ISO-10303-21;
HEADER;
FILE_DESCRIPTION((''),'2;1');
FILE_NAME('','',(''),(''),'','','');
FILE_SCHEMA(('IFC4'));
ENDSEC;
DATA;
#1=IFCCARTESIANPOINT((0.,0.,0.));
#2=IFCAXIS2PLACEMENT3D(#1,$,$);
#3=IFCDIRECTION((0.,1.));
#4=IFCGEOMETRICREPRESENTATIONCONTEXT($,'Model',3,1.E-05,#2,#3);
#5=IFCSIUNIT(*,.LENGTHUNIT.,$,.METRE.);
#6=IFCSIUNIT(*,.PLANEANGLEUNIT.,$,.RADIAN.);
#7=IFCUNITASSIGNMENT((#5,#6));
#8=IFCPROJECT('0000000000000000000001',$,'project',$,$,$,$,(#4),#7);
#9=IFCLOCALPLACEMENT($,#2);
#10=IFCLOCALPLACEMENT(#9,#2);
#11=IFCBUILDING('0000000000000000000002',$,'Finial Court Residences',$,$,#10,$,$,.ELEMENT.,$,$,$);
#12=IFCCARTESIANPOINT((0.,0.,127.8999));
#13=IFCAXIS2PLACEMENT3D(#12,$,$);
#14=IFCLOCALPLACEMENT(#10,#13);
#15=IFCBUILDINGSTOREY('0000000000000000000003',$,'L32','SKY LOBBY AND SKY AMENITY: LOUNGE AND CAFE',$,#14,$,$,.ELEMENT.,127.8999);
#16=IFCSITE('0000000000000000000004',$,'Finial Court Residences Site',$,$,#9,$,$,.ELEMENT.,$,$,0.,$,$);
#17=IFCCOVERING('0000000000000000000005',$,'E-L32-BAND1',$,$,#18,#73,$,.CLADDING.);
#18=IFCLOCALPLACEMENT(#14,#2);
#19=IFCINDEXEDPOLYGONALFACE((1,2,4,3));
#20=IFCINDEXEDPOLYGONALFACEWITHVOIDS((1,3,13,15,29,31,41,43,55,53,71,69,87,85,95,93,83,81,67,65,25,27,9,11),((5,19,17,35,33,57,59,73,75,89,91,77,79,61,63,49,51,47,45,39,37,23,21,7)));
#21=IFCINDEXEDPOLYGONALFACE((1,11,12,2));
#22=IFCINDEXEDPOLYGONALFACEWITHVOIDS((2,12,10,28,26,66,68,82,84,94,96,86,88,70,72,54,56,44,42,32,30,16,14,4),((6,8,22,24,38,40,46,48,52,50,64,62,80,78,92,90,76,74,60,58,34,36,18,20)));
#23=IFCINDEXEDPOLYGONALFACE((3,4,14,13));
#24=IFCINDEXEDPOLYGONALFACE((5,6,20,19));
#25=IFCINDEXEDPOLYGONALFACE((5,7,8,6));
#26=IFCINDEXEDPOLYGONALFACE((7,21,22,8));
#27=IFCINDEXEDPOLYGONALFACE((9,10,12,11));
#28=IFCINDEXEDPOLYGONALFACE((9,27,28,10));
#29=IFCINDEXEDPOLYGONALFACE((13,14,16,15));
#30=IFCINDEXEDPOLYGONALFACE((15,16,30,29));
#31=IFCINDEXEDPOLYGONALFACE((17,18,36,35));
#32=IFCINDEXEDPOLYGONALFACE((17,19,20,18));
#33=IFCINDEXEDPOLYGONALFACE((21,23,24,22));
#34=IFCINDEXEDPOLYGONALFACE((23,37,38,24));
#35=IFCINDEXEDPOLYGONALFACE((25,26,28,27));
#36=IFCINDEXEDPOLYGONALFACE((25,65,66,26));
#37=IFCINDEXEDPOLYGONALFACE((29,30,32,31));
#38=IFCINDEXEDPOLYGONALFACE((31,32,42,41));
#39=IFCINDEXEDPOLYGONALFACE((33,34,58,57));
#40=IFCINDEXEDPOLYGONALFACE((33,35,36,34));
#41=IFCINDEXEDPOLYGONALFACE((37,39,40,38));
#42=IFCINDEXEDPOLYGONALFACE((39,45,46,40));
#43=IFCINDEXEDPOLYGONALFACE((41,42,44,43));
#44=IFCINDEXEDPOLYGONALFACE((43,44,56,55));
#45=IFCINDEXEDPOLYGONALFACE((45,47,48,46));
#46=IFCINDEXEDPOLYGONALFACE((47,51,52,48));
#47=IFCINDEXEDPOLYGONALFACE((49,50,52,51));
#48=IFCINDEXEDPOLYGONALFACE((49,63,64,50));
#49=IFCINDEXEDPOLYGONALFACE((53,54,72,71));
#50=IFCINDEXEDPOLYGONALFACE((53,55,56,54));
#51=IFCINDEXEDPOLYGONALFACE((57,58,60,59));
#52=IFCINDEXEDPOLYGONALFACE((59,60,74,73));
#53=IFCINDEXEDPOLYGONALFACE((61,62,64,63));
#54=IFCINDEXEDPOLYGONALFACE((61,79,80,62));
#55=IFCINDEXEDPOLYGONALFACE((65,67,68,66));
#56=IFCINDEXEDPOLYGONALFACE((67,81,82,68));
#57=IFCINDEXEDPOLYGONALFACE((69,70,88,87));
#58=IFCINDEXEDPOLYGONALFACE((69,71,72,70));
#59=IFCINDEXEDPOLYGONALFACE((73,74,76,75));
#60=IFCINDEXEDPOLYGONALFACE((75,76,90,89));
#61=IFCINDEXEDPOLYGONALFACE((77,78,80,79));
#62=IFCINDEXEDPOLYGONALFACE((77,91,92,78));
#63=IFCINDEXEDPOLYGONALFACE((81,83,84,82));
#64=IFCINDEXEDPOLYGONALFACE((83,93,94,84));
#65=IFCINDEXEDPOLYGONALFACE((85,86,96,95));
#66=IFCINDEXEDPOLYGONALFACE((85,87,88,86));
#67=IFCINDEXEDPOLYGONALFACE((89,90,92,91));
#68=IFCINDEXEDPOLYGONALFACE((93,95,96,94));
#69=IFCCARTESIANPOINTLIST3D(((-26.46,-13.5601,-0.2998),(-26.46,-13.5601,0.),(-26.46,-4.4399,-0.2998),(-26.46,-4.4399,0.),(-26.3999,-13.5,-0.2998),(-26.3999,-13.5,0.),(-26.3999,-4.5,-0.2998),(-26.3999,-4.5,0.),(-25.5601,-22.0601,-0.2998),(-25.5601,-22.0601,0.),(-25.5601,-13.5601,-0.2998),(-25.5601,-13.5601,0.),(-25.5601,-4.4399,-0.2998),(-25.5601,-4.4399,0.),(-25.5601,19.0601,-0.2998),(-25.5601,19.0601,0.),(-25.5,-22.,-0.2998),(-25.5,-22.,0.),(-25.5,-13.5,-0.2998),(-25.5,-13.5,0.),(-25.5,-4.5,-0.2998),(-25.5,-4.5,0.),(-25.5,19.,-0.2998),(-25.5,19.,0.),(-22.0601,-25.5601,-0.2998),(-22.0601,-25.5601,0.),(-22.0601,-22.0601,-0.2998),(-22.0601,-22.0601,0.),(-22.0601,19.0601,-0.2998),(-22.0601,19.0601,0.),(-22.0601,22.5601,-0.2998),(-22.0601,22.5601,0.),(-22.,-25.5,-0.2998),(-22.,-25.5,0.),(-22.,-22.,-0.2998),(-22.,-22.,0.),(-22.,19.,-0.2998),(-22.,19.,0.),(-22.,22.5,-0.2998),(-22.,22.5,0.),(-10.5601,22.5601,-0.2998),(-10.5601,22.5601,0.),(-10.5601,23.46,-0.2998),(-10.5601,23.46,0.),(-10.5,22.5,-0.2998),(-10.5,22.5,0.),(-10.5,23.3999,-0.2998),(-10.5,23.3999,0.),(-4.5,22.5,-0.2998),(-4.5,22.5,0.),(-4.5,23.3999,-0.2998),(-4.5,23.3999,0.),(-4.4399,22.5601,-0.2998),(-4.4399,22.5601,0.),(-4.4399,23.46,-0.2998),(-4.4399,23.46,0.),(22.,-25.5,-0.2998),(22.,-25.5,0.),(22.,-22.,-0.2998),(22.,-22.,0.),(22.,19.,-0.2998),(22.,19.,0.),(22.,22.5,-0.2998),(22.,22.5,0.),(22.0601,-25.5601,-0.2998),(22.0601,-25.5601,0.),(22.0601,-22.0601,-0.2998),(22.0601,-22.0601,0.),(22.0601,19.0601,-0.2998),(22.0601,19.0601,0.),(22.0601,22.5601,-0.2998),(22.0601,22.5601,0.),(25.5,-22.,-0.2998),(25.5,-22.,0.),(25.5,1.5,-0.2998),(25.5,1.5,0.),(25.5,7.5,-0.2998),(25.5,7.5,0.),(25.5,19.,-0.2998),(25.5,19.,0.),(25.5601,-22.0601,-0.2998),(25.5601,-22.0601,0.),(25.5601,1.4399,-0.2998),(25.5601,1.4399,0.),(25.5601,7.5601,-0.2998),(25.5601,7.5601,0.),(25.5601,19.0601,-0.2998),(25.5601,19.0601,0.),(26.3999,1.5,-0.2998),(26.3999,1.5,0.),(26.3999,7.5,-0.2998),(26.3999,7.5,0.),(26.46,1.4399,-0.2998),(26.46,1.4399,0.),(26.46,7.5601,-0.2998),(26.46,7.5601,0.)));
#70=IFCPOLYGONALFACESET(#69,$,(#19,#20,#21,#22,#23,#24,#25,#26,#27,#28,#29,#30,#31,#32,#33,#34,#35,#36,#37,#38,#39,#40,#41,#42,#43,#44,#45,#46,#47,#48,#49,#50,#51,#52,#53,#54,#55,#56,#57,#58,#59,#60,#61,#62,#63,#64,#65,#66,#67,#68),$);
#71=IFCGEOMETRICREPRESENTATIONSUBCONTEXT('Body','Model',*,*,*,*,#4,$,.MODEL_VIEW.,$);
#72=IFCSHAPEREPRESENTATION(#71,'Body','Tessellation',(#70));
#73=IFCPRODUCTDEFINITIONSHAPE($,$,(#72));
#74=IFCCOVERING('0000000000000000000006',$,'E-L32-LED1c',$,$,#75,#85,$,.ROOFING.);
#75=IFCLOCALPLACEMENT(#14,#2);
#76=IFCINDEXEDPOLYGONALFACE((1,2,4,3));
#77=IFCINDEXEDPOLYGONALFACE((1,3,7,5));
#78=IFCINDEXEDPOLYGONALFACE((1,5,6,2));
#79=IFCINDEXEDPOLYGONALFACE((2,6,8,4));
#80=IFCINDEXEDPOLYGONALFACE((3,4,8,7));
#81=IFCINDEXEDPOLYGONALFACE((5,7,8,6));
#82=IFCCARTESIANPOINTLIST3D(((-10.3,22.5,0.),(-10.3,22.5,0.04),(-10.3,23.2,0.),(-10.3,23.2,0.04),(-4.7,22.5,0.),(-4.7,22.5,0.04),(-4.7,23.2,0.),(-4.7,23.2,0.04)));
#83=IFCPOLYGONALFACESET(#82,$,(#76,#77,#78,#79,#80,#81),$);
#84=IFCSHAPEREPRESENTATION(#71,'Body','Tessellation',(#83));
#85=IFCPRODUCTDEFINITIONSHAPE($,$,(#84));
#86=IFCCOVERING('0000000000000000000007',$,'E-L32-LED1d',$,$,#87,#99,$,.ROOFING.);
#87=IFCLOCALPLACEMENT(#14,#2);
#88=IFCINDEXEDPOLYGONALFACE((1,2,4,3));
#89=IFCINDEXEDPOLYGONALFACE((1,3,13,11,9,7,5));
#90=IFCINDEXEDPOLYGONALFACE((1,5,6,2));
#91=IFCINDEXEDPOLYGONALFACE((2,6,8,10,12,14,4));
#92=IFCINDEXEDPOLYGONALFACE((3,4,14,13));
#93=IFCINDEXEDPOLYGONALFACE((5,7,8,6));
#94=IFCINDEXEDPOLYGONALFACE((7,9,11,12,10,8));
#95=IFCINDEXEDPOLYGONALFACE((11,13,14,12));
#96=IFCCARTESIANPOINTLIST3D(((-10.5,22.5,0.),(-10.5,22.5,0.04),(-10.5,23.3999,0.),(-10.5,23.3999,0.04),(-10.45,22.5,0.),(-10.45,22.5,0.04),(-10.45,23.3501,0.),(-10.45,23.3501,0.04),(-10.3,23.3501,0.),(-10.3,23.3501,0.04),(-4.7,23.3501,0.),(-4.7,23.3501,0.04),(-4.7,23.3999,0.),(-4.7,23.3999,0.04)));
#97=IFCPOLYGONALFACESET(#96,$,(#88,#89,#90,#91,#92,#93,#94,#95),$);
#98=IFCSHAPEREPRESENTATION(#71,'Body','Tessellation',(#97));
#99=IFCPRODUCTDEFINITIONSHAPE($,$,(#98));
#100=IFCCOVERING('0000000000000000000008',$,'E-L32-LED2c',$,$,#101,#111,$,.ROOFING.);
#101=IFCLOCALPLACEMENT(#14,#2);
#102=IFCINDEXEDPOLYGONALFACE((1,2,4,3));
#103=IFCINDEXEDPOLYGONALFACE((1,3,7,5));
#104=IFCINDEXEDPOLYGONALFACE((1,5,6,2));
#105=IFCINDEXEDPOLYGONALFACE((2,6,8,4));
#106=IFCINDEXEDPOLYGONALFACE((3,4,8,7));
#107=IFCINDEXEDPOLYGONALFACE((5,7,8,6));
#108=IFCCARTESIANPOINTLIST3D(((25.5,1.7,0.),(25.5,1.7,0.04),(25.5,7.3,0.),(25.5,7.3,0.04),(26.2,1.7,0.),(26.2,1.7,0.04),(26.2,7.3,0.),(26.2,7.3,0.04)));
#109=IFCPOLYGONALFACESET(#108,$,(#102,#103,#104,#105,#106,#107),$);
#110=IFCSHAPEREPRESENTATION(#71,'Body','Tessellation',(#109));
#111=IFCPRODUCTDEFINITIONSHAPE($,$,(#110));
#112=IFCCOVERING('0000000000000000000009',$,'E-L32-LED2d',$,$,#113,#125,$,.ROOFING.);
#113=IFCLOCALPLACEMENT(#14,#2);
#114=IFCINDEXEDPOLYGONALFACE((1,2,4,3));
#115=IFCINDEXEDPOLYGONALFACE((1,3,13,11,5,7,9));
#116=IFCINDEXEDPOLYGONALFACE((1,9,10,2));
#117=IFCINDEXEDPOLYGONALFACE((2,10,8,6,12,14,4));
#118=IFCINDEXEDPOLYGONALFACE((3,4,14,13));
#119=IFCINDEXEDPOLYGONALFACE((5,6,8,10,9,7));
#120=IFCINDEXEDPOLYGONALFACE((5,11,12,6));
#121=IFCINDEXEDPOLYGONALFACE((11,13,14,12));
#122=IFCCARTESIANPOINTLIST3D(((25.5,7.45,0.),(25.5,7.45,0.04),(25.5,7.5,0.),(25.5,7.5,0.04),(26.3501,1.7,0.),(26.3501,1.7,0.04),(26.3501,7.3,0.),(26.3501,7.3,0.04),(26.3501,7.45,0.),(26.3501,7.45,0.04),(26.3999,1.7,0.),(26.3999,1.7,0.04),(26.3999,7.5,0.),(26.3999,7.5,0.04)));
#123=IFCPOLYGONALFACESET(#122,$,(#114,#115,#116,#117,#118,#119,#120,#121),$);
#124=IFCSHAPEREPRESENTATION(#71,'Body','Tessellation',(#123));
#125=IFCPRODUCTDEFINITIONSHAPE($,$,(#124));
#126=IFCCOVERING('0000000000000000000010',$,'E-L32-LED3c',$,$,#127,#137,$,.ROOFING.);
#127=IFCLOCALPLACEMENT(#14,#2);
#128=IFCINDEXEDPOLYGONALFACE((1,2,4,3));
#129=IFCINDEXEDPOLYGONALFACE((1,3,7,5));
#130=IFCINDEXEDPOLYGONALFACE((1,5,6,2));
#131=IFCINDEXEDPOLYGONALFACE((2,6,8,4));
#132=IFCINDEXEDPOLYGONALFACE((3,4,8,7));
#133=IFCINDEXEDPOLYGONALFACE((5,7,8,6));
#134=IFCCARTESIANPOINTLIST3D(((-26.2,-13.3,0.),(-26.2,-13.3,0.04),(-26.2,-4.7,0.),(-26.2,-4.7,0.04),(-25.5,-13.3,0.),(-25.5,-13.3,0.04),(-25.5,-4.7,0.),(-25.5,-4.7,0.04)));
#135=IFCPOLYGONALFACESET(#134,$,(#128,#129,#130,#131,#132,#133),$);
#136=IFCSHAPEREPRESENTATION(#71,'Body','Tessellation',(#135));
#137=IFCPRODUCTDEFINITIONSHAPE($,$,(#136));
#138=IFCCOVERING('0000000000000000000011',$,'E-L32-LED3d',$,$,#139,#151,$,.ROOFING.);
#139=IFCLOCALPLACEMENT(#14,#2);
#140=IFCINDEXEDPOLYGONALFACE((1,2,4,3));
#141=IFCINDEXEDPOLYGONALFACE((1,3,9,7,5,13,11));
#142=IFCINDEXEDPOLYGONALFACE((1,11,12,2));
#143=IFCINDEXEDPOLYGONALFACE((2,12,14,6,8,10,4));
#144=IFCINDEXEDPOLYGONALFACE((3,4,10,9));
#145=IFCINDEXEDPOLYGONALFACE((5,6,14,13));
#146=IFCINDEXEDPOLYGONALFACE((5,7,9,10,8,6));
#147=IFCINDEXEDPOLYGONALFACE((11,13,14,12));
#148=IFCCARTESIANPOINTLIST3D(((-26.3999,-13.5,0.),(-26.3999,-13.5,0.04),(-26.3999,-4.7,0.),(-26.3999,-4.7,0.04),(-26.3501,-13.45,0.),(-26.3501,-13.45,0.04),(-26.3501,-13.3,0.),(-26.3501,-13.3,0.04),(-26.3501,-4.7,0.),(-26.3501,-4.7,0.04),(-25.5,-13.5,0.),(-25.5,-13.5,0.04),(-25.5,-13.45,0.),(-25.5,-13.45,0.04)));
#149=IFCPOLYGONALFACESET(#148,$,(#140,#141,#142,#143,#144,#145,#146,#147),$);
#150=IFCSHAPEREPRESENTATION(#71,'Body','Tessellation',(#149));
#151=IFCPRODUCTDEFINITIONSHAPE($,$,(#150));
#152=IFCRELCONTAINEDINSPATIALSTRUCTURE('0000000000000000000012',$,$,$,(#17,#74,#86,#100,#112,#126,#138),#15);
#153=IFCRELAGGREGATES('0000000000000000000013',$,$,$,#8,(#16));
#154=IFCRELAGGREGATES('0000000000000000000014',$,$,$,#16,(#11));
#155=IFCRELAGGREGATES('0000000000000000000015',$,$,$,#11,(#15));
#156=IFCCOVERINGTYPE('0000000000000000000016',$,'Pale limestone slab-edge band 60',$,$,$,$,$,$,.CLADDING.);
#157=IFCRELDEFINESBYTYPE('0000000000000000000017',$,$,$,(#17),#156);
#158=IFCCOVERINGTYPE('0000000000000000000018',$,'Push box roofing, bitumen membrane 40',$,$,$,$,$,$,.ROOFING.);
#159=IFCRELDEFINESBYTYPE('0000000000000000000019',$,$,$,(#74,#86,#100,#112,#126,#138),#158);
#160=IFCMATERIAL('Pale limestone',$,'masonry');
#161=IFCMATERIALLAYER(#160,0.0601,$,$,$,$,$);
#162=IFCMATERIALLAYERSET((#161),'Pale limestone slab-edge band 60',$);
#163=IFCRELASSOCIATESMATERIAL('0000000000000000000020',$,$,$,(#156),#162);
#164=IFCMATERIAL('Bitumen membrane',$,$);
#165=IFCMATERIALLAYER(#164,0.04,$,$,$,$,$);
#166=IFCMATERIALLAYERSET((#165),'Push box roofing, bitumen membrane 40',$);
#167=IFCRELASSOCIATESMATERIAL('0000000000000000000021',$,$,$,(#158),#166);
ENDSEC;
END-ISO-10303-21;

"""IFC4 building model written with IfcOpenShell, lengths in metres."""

from ifc_helpers import new_model, si_unit, direction, frame, origin, place, context, subcontext, project, spatial, polyline, outline, extrude, material, layer, layer_set, type_object, element, save


model = new_model("IFC4")

# Units and contexts
model_context = context("Model", 3, precision=1e-05, world=origin(), true_north=direction((0.0, 1.0)))
body_context = subcontext(model_context, "Body", "Model", "MODEL_VIEW")
ifc_project = project(units=[si_unit("LENGTHUNIT", "METRE"), si_unit("PLANEANGLEUNIT", "RADIAN")], contexts=[model_context])

# Site, building, storey
site_placement = place(None, origin())
site = spatial("IfcSite", under=ifc_project, at=site_placement, Name="Finial Court Residences Site", CompositionType="ELEMENT", RefElevation=0.0)
building_placement = place(site_placement, origin())
building = spatial("IfcBuilding", under=site, at=building_placement, Name="Finial Court Residences", CompositionType="ELEMENT")
storey_placement = place(building_placement, frame((0.0, 0.0, 127.8999)))
storey = spatial("IfcBuildingStorey", under=building, at=storey_placement, Name="L32", Description="SKY LOBBY AND SKY AMENITY: LOUNGE AND CAFE", CompositionType="ELEMENT", Elevation=127.8999)

# Coverings
ifc_material_1 = material(Name="Pale limestone", Category="masonry")
ifc_layer_1 = layer(ifc_material_1, 0.0601)
ifc_layer_set_1 = layer_set([ifc_layer_1], Name="Pale limestone slab-edge band 60")
covering_type_1 = type_object("IfcCoveringType", Name="Pale limestone slab-edge band 60", PredefinedType="CLADDING", material=ifc_layer_set_1)
covering_1_placement = place(storey_placement, frame((0.0, 0.0, -0.2998)))
element("IfcCovering", 1, at=covering_1_placement, inside=storey, type_object=covering_type_1, Name="E-L32-BAND1", PredefinedType="CLADDING", context=body_context, shape_type="SweptSolid", body=[
    extrude(outline(polyline([(-25.5601, 19.0601), (-22.0601, 19.0601), (-22.0601, 22.5601), (-10.5601, 22.5601), (-10.5601, 23.46), (-4.4399, 23.46), (-4.4399, 22.5601), (22.0601, 22.5601), (22.0601, 19.0601), (25.5601, 19.0601), (25.5601, 7.5601), (26.46, 7.5601), (26.46, 1.4399), (25.5601, 1.4399), (25.5601, -22.0601), (22.0601, -22.0601), (22.0601, -25.5601), (-22.0601, -25.5601), (-22.0601, -22.0601), (-25.5601, -22.0601), (-25.5601, -13.5601), (-26.46, -13.5601), (-26.46, -4.4399), (-25.5601, -4.4399), (-25.5601, 19.0601)]), holes=[polyline([(-26.3999, -4.5), (-26.3999, -13.5), (-25.5, -13.5), (-25.5, -22.0), (-22.0, -22.0), (-22.0, -25.5), (22.0, -25.5), (22.0, -22.0), (25.5, -22.0), (25.5, 1.5), (26.3999, 1.5), (26.3999, 7.5), (25.5, 7.5), (25.5, 19.0), (22.0, 19.0), (22.0, 22.5), (-4.5, 22.5), (-4.5, 23.3999), (-10.5, 23.3999), (-10.5, 22.5), (-22.0, 22.5), (-22.0, 19.0), (-25.5, 19.0), (-25.5, -4.5), (-26.3999, -4.5)])]), origin(), (0.0, 0.0, 1.0), 0.2998),
])
ifc_material_2 = material(Name="Bitumen membrane")
ifc_layer_2 = layer(ifc_material_2, 0.04)
ifc_layer_set_2 = layer_set([ifc_layer_2], Name="Push box roofing, bitumen membrane 40")
covering_type_2 = type_object("IfcCoveringType", Name="Push box roofing, bitumen membrane 40", PredefinedType="ROOFING", material=ifc_layer_set_2)
covering_2_placement = place(storey_placement, origin())
element("IfcCovering", 2, at=covering_2_placement, inside=storey, type_object=covering_type_2, Name="E-L32-LED1c", PredefinedType="ROOFING", context=body_context, shape_type="SweptSolid", body=[
    extrude(outline(polyline([(-10.3, 22.5), (-10.3, 23.2), (-4.7, 23.2), (-4.7, 22.5), (-10.3, 22.5)])), origin(), (0.0, 0.0, 1.0), 0.04),
])
covering_3_placement = place(storey_placement, origin())
element("IfcCovering", 3, at=covering_3_placement, inside=storey, type_object=covering_type_2, Name="E-L32-LED1d", PredefinedType="ROOFING", context=body_context, shape_type="SweptSolid", body=[
    extrude(outline(polyline([(-10.5, 22.5), (-10.5, 23.3999), (-4.7, 23.3999), (-4.7, 23.3501), (-10.3, 23.3501), (-10.3, 23.3501), (-10.45, 23.3501), (-10.45, 22.5), (-10.5, 22.5)])), origin(), (0.0, 0.0, 1.0), 0.04),
])
covering_4_placement = place(storey_placement, origin())
element("IfcCovering", 4, at=covering_4_placement, inside=storey, type_object=covering_type_2, Name="E-L32-LED2c", PredefinedType="ROOFING", context=body_context, shape_type="SweptSolid", body=[
    extrude(outline(polyline([(25.5, 7.3), (26.2, 7.3), (26.2, 1.7), (25.5, 1.7), (25.5, 7.3)])), origin(), (0.0, 0.0, 1.0), 0.04),
])
covering_5_placement = place(storey_placement, origin())
element("IfcCovering", 5, at=covering_5_placement, inside=storey, type_object=covering_type_2, Name="E-L32-LED2d", PredefinedType="ROOFING", context=body_context, shape_type="SweptSolid", body=[
    extrude(outline(polyline([(25.5, 7.5), (26.3999, 7.5), (26.3999, 1.7), (26.3501, 1.7), (26.3501, 7.3), (26.3501, 7.3), (26.3501, 7.45), (25.5, 7.45), (25.5, 7.5)])), origin(), (0.0, 0.0, 1.0), 0.04),
])
covering_6_placement = place(storey_placement, origin())
element("IfcCovering", 6, at=covering_6_placement, inside=storey, type_object=covering_type_2, Name="E-L32-LED3c", PredefinedType="ROOFING", context=body_context, shape_type="SweptSolid", body=[
    extrude(outline(polyline([(-25.5, -13.3), (-26.2, -13.3), (-26.2, -4.7), (-25.5, -4.7), (-25.5, -13.3)])), origin(), (0.0, 0.0, 1.0), 0.04),
])
covering_7_placement = place(storey_placement, origin())
element("IfcCovering", 7, at=covering_7_placement, inside=storey, type_object=covering_type_2, Name="E-L32-LED3d", PredefinedType="ROOFING", context=body_context, shape_type="SweptSolid", body=[
    extrude(outline(polyline([(-25.5, -13.5), (-26.3999, -13.5), (-26.3999, -4.7), (-26.3501, -4.7), (-26.3501, -13.3), (-26.3501, -13.3), (-26.3501, -13.45), (-25.5, -13.45), (-25.5, -13.5)])), origin(), (0.0, 0.0, 1.0), 0.04),
])

save(model, "model.ifc")
